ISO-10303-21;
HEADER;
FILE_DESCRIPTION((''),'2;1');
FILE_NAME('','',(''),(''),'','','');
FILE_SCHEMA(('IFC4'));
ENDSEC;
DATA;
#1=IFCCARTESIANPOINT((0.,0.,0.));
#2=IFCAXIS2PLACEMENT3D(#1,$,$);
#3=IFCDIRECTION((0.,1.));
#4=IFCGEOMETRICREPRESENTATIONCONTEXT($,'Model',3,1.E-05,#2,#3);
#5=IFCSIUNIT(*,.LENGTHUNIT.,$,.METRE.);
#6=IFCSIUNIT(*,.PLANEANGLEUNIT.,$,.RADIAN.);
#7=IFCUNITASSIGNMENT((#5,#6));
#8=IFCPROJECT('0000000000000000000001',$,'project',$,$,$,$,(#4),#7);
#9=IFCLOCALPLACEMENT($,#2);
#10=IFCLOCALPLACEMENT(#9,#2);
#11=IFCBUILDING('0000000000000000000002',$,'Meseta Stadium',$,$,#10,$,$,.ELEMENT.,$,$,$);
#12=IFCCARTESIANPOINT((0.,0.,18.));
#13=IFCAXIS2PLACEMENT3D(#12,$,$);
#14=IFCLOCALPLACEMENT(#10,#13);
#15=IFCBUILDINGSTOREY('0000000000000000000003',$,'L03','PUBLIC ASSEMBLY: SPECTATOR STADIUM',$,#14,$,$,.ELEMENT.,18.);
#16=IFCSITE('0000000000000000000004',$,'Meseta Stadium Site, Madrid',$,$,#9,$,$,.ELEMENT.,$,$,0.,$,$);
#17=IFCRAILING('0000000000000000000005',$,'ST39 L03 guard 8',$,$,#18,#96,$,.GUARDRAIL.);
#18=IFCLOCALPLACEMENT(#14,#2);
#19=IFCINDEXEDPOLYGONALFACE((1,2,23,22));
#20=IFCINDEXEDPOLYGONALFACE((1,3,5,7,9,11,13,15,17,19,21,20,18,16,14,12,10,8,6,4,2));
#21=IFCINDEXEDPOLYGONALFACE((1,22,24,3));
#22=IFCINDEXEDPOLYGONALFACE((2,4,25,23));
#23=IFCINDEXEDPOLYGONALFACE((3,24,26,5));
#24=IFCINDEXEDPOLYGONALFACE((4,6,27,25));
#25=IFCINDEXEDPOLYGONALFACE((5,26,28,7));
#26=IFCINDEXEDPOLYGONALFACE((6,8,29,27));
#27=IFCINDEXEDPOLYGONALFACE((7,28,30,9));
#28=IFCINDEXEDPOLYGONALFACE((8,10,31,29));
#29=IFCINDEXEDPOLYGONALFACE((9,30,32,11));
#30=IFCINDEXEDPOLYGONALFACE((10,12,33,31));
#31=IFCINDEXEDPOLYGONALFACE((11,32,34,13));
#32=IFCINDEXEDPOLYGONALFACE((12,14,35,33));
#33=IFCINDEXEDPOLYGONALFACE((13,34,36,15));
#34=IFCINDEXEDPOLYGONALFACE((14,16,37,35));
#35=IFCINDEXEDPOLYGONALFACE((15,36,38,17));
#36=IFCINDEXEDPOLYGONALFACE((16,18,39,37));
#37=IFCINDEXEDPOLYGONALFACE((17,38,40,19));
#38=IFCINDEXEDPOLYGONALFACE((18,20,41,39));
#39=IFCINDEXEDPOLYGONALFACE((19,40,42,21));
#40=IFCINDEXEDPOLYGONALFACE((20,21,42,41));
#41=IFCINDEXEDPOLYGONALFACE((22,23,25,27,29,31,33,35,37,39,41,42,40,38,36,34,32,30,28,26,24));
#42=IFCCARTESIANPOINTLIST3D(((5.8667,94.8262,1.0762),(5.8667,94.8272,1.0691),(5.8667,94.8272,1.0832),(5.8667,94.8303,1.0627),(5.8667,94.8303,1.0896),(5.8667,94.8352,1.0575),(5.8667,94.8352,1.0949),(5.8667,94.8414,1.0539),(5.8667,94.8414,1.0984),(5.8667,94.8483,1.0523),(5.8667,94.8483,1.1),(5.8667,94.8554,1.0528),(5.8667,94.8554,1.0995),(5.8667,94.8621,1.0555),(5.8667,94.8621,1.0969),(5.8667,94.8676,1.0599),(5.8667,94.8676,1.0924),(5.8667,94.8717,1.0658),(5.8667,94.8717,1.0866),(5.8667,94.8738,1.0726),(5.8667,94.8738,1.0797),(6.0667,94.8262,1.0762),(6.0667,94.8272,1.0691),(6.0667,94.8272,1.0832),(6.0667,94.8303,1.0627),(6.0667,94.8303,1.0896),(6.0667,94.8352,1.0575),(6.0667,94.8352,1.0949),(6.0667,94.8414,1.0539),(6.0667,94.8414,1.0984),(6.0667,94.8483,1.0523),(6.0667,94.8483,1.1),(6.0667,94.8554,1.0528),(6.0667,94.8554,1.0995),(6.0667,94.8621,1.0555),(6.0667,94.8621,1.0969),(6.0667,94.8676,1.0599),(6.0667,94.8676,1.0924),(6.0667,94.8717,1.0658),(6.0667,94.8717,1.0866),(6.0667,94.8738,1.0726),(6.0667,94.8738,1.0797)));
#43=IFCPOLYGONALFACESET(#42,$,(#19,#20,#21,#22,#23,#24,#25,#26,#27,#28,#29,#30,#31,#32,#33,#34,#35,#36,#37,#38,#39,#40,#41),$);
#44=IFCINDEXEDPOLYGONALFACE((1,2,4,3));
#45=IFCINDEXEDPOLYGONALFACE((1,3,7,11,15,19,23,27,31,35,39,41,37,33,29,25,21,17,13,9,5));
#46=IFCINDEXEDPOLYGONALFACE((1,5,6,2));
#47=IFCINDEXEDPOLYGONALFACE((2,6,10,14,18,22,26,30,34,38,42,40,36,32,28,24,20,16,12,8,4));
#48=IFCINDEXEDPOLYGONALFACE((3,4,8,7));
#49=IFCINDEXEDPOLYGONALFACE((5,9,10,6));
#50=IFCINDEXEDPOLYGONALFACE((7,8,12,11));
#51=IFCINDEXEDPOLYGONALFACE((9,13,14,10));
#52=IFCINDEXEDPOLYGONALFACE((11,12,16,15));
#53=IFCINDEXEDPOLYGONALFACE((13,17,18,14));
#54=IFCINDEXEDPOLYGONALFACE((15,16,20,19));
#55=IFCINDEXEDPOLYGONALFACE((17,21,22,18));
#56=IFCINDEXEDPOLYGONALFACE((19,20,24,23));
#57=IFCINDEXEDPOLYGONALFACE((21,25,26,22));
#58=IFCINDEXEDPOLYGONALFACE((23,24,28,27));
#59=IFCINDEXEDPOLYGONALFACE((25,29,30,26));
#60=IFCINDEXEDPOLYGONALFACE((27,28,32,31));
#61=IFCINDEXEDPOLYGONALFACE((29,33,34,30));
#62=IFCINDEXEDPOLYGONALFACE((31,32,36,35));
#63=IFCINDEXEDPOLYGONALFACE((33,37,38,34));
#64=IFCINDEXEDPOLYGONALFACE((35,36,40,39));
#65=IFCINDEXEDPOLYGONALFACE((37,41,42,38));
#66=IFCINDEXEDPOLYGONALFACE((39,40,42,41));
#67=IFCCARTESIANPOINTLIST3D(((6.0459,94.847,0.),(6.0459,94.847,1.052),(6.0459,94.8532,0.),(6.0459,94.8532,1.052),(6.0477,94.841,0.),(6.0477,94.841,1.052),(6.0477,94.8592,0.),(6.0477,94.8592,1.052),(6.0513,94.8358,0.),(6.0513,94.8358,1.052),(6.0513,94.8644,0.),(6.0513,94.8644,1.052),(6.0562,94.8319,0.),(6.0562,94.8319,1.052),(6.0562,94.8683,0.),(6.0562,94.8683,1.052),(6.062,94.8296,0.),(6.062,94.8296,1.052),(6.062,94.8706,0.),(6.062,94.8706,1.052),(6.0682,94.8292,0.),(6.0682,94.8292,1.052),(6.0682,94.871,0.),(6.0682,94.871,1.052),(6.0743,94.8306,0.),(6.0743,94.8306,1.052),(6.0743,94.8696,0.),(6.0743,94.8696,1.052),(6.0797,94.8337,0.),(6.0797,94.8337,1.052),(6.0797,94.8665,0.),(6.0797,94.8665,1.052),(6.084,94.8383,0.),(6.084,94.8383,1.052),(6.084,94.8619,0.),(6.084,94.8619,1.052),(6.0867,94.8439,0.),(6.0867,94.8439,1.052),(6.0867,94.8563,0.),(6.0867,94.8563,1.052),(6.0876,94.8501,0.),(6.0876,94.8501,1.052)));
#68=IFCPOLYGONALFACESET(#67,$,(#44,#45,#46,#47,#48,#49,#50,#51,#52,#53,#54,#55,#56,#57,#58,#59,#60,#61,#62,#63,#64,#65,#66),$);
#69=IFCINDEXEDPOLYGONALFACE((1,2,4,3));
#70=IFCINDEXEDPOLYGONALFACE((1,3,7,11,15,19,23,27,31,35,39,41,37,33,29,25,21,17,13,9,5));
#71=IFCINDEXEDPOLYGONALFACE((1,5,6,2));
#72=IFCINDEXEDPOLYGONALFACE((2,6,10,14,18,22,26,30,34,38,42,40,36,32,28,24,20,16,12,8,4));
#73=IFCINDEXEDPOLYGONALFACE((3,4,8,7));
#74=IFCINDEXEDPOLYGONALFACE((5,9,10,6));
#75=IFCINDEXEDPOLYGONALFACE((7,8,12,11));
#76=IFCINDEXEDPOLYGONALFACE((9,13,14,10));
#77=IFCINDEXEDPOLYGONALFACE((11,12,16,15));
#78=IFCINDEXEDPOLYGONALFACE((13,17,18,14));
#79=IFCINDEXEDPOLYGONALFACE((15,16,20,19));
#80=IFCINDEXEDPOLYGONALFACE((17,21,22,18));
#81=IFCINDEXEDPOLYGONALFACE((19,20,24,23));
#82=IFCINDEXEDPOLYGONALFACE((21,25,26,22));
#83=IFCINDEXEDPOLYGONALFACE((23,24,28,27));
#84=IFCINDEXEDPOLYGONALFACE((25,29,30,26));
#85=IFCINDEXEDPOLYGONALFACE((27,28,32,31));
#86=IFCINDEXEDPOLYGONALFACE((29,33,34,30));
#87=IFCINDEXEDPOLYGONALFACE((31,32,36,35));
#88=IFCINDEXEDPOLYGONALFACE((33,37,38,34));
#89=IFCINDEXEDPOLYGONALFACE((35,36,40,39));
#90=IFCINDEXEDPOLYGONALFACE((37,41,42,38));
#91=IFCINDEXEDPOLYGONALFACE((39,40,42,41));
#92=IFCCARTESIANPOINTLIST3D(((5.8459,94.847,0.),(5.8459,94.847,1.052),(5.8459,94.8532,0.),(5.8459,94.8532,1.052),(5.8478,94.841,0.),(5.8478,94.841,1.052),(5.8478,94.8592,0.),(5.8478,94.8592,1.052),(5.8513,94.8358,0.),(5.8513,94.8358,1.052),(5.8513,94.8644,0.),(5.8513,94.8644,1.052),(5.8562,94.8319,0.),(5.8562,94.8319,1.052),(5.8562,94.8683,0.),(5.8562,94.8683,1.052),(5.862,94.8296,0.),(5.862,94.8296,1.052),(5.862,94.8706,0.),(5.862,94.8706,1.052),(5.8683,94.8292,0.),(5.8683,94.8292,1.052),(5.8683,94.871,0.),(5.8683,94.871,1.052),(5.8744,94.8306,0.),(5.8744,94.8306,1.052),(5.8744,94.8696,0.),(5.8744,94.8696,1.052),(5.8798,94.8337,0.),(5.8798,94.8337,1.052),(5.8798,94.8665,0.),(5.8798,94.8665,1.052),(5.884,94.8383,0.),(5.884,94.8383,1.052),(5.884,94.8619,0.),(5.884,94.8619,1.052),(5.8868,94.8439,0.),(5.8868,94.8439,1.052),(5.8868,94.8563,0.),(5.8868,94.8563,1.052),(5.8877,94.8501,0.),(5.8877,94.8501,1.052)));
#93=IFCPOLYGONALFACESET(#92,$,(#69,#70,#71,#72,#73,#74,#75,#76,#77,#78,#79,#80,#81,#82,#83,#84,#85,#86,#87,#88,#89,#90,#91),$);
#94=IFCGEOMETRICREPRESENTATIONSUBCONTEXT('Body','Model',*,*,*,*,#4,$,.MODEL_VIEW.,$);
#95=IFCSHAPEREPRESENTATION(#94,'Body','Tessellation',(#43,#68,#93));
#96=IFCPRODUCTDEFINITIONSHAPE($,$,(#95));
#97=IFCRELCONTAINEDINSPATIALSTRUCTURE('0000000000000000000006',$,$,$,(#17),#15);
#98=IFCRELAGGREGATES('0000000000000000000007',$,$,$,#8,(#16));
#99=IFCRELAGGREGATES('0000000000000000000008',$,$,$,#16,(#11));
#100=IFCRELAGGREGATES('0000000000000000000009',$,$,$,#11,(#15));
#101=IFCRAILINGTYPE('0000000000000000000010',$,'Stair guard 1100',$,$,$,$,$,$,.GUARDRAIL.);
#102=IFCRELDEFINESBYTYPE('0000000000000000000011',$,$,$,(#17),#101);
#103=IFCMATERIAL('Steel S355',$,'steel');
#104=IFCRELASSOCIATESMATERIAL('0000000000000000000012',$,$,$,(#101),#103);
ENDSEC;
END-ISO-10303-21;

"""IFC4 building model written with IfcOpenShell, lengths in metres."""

from ifc_helpers import new_model, si_unit, direction, frame, origin, origin_2d, place, context, subcontext, project, spatial, circle, extrude, material, type_object, element, save


model = new_model("IFC4")

# Units and contexts
model_context = context("Model", 3, precision=1e-05, world=origin(), true_north=direction((0.0, 1.0)))
body_context = subcontext(model_context, "Body", "Model", "MODEL_VIEW")
ifc_project = project(units=[si_unit("LENGTHUNIT", "METRE"), si_unit("PLANEANGLEUNIT", "RADIAN")], contexts=[model_context])

# Site, building, storey
site_placement = place(None, origin())
site = spatial("IfcSite", under=ifc_project, at=site_placement, Name="Meseta Stadium Site, Madrid", CompositionType="ELEMENT", RefElevation=0.0)
building_placement = place(site_placement, origin())
building = spatial("IfcBuilding", under=site, at=building_placement, Name="Meseta Stadium", CompositionType="ELEMENT")
storey_placement = place(building_placement, frame((0.0, 0.0, 18.0)))
storey = spatial("IfcBuildingStorey", under=building, at=storey_placement, Name="L03", Description="PUBLIC ASSEMBLY: SPECTATOR STADIUM", CompositionType="ELEMENT", Elevation=18.0)

# Railing
ifc_material_1 = material(Name="Steel S355", Category="steel")
railing_type_1 = type_object("IfcRailingType", Name="Stair guard 1100", PredefinedType="GUARDRAIL", material=ifc_material_1)
railing_1_placement = place(storey_placement, frame((6.0667, 94.8501, 0.0)))
element("IfcRailing", 1, at=railing_1_placement, inside=storey, type_object=railing_type_1, Name="ST39 L03 guard 8", PredefinedType="GUARDRAIL", context=body_context, shape_type="SweptSolid", body=[
    extrude(circle(Radius=0.0239, at=origin_2d()), frame((0.0, 0.0, 1.0762), z_axis=(-1.0, 0.0, 0.0), x_axis=(0.0, -1.0, 0.0)), (0.0, 0.0, 1.0), 0.2),
    extrude(circle(Radius=0.021, at=origin_2d()), origin(), (0.0, 0.0, 1.0), 1.052),
    extrude(circle(Radius=0.021, at=origin_2d()), frame((-0.2, 0.0, 0.0)), (0.0, 0.0, 1.0), 1.052),
])

save(model, "model.ifc")
